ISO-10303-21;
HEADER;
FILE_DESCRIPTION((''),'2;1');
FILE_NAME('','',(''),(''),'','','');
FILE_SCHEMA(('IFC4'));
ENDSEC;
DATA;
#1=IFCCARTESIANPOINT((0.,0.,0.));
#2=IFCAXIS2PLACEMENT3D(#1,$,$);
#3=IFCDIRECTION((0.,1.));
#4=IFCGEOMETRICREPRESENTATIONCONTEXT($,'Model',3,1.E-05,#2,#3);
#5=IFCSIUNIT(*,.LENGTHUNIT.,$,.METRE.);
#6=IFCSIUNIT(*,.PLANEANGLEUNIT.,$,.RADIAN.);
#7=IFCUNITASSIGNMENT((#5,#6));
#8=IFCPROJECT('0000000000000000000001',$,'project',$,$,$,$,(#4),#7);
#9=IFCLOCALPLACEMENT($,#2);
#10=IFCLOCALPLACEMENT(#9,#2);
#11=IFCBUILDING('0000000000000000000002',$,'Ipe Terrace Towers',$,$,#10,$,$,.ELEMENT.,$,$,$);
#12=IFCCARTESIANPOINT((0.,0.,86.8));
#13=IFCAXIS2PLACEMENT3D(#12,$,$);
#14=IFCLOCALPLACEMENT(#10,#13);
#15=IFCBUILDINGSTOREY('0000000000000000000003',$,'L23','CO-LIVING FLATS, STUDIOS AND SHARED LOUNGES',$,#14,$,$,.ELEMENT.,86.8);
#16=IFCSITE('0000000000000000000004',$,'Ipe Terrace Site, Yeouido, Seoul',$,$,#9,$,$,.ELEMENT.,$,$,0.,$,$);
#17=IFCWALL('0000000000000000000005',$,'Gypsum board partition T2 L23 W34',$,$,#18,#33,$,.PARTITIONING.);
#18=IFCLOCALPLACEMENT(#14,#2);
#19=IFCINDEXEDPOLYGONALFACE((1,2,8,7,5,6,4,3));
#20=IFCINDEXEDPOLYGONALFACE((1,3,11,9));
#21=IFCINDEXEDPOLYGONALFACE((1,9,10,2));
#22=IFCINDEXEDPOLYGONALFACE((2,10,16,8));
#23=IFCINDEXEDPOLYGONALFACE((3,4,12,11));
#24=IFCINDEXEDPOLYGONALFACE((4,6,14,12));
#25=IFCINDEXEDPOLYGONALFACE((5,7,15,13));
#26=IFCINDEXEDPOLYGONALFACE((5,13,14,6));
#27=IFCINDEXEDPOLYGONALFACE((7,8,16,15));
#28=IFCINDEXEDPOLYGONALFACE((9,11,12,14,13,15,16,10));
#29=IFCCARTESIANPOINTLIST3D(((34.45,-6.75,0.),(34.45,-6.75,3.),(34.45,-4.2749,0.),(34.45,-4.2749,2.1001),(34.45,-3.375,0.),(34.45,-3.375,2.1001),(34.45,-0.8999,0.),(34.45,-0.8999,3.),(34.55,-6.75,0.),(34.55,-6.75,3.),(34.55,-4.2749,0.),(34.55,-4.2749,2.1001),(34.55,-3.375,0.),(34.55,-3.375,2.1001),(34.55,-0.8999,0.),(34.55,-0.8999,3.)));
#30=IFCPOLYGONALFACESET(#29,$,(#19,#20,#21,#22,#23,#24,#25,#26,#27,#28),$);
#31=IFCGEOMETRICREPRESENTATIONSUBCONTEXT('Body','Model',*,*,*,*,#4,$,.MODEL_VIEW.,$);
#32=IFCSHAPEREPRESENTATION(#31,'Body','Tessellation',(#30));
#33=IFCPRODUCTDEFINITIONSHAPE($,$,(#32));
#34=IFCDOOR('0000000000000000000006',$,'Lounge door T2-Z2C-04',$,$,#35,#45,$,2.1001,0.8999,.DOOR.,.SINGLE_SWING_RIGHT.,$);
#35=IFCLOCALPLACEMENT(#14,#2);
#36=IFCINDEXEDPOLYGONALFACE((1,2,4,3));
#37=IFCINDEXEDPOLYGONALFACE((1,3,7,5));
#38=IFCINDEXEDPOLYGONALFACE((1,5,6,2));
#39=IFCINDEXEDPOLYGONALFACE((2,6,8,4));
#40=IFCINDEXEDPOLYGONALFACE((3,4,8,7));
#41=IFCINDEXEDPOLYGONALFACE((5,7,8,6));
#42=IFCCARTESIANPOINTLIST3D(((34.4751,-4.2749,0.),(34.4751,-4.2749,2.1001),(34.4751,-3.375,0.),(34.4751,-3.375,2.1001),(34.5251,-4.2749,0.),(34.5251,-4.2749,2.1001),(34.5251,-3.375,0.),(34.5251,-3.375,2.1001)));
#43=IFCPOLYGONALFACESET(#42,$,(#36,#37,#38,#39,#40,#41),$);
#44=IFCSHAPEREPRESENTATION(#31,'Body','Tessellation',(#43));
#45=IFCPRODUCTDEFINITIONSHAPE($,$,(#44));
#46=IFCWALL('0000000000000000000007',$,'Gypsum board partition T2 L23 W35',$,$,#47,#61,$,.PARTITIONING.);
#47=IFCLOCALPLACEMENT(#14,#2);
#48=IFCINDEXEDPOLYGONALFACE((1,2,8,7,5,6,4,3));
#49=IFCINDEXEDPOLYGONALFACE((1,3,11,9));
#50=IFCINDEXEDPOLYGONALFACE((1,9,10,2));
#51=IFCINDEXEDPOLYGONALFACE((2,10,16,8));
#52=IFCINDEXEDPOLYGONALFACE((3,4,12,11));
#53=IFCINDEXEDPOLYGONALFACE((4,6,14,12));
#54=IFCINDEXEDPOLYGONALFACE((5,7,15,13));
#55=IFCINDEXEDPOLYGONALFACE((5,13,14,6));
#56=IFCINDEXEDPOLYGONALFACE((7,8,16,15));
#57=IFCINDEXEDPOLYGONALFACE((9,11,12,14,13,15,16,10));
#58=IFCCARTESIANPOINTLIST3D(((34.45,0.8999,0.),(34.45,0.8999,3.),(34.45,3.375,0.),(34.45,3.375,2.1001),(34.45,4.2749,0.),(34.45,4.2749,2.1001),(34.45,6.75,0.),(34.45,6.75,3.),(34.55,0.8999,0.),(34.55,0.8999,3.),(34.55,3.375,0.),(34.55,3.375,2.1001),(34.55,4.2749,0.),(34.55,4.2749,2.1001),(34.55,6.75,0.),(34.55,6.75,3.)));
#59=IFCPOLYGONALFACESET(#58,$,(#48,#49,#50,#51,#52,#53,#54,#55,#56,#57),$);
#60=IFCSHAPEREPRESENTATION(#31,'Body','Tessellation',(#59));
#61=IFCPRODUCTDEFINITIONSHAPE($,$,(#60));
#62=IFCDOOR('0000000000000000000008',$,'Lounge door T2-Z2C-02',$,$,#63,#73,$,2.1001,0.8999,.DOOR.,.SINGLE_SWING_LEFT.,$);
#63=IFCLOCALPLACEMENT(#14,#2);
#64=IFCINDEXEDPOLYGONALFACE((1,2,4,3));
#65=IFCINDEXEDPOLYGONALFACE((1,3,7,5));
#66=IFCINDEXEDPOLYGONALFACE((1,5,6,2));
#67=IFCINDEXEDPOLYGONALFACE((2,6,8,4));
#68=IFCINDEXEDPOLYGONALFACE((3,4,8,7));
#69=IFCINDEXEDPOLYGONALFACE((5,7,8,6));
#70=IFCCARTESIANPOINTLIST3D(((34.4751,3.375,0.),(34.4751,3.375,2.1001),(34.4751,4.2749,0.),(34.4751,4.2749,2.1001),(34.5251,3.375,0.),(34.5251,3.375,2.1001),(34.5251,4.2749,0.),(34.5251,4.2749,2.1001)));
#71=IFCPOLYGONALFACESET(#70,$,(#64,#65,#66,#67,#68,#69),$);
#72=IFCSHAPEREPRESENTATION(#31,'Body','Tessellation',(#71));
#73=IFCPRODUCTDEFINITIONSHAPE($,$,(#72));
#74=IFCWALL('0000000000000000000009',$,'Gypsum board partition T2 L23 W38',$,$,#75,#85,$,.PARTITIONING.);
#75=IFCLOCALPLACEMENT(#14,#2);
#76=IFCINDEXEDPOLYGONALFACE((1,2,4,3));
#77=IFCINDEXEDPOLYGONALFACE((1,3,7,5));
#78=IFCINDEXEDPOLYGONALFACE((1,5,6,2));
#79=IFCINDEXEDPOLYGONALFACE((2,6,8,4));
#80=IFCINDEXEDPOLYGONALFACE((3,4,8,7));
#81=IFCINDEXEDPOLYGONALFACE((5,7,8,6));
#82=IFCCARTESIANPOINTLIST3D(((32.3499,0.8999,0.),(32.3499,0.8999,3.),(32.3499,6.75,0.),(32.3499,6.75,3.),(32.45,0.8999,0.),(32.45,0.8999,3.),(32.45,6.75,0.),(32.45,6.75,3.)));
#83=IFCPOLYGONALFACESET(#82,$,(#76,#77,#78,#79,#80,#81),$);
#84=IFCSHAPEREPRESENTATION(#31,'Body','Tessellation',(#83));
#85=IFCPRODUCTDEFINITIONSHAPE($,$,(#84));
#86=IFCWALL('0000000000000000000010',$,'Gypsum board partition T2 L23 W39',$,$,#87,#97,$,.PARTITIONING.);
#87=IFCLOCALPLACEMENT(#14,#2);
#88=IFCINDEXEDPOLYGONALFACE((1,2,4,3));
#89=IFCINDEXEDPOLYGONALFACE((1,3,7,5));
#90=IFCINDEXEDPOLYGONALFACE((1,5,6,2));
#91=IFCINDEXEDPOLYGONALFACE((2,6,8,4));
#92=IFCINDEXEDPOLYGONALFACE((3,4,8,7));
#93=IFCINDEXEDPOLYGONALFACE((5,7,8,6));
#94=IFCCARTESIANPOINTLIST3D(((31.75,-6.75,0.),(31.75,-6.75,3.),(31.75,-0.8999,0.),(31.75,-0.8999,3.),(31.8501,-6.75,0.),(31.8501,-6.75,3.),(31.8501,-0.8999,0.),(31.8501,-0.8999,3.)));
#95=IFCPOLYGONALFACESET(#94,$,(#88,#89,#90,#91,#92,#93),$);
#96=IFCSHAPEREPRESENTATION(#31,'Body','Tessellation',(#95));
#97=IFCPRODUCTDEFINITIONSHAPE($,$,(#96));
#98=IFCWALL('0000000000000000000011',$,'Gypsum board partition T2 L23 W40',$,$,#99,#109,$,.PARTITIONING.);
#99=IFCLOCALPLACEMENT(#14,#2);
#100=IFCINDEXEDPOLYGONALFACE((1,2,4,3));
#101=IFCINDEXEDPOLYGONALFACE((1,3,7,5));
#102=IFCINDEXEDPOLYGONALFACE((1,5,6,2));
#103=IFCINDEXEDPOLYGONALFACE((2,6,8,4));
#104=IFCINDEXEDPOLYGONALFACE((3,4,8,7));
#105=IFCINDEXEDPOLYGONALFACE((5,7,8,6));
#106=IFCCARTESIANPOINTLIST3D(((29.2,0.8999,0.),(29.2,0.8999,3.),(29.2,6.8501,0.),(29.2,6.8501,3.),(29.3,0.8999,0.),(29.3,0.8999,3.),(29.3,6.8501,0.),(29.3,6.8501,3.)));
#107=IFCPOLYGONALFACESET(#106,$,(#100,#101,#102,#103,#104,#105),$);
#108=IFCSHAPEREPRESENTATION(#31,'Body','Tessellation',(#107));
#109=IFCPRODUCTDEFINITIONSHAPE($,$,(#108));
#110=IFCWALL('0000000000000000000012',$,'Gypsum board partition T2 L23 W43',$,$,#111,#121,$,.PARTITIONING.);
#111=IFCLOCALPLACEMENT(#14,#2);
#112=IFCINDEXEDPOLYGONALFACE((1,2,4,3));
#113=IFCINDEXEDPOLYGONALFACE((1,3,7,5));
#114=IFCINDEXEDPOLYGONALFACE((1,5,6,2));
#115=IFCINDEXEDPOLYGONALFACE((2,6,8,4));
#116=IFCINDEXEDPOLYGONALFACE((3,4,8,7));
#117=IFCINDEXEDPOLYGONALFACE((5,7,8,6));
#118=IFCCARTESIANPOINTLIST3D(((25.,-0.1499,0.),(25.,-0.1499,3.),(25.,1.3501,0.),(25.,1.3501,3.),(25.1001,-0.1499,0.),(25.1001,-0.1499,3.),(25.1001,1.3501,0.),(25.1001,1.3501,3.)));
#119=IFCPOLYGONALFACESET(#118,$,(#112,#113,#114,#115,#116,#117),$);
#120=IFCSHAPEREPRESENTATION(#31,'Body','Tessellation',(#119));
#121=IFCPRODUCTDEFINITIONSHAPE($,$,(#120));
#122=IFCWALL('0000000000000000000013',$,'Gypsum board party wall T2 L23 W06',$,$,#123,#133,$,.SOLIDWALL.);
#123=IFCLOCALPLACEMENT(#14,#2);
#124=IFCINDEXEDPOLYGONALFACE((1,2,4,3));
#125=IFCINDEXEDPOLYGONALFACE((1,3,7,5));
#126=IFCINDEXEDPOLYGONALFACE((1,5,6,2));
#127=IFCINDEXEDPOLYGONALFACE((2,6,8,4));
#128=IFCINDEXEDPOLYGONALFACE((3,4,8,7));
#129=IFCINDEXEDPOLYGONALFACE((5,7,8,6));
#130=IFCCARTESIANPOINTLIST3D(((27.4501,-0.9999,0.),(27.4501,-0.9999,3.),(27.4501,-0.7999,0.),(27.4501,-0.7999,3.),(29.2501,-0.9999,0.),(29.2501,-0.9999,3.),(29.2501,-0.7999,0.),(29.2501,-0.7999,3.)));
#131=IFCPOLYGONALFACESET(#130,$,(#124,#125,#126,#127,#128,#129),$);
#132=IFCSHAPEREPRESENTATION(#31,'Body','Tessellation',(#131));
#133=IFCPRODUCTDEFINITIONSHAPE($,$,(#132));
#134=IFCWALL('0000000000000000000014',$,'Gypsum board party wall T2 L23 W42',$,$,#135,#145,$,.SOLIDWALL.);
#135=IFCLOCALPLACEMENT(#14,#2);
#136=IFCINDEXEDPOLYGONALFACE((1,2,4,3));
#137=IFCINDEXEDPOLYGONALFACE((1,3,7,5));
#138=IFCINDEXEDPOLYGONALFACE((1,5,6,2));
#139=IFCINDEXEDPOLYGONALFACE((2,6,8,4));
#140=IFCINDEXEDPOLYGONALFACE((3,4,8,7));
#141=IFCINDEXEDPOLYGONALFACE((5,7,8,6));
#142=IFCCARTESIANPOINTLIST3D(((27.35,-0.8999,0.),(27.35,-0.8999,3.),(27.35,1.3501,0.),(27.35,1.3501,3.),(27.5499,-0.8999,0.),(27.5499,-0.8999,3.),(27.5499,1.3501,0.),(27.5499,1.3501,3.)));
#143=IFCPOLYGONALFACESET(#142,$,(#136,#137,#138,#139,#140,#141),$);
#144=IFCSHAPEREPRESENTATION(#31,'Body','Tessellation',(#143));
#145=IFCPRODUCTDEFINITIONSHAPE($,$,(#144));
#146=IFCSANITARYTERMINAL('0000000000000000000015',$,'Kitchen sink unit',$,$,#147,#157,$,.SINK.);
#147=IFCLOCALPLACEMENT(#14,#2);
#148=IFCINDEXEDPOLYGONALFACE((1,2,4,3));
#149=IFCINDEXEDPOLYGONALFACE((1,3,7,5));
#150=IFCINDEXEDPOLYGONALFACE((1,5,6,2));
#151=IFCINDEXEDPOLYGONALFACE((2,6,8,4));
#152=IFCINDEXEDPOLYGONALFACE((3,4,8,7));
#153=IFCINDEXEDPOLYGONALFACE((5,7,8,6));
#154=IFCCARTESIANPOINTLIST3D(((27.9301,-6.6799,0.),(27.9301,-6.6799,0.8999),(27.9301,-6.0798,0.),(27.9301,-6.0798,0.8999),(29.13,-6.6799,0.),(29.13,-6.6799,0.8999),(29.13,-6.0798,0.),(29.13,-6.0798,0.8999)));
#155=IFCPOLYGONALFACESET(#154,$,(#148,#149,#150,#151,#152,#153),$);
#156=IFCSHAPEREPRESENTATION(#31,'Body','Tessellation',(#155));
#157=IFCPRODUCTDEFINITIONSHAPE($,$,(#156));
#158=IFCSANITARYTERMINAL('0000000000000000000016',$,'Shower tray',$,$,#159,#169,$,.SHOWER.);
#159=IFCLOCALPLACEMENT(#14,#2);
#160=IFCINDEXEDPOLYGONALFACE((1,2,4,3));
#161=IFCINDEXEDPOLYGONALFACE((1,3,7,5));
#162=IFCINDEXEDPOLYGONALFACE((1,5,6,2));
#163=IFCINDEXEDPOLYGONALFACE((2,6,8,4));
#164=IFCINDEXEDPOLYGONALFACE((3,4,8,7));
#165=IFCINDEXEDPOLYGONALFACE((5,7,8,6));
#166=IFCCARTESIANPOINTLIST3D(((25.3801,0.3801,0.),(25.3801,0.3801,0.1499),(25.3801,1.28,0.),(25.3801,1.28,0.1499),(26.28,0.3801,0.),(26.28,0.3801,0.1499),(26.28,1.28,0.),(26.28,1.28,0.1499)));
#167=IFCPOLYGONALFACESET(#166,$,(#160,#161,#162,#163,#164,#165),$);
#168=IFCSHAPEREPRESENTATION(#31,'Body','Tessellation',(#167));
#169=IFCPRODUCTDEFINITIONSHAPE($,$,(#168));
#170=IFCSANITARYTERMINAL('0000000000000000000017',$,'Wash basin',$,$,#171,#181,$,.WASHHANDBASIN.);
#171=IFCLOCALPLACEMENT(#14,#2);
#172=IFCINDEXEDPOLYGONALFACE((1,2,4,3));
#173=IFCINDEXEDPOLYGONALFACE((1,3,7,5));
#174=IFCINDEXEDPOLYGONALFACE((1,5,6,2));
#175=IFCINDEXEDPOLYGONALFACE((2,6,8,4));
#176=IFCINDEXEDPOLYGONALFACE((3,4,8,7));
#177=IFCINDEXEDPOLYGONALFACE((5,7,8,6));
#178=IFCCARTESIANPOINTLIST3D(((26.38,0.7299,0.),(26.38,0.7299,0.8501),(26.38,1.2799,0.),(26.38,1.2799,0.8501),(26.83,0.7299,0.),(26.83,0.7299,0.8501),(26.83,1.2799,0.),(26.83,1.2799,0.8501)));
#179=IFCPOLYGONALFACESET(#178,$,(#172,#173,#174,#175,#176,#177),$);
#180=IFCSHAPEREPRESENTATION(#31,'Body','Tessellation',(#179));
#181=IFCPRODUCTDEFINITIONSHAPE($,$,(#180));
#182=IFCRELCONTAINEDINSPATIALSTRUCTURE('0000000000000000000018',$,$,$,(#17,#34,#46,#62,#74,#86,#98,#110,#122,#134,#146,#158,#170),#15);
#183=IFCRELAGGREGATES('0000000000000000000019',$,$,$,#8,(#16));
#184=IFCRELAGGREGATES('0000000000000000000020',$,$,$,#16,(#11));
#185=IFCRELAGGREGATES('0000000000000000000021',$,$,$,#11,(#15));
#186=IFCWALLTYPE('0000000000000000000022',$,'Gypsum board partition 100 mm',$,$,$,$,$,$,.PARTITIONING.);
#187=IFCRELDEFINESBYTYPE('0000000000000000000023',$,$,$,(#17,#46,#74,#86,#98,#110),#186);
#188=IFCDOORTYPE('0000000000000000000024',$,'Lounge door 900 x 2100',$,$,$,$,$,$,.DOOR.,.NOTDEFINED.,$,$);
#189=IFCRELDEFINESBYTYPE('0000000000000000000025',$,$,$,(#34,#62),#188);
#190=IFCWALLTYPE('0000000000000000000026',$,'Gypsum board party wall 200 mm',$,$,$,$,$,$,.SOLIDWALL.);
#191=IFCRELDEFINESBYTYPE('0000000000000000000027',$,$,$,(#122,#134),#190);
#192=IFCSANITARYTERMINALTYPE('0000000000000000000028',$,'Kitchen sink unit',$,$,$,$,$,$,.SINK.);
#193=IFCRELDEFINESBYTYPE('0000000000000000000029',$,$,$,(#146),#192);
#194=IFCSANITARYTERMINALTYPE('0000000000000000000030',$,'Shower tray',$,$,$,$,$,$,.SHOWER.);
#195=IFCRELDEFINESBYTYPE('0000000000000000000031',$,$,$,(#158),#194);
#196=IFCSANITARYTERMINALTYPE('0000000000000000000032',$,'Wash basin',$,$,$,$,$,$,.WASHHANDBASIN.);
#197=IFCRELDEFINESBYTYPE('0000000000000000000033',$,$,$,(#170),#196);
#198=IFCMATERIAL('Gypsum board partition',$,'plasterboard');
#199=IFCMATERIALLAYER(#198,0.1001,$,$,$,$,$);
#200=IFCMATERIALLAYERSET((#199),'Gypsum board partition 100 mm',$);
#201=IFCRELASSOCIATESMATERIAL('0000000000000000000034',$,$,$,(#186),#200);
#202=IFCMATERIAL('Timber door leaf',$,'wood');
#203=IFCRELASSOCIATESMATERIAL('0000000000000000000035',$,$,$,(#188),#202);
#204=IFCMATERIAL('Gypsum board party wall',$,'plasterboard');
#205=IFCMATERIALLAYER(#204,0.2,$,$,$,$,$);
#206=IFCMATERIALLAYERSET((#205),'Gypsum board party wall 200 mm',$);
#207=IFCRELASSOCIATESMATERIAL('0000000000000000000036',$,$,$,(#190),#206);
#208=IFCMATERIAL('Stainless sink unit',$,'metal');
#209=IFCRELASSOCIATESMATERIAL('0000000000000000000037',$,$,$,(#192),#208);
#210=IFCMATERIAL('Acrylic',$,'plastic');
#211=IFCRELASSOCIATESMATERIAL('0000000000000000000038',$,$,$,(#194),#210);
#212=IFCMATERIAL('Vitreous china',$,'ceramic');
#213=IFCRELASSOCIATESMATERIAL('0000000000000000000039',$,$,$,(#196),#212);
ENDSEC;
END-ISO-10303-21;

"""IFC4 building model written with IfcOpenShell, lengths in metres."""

from ifc_helpers import new_model, si_unit, direction, frame, frame_2d, origin, origin_2d, place, context, subcontext, project, spatial, rectangle, extrude, material, layer, layer_set, type_object, element, fill, save


model = new_model("IFC4")

# Units and contexts
model_context = context("Model", 3, precision=1e-05, world=origin(), true_north=direction((0.0, 1.0)))
body_context = subcontext(model_context, "Body", "Model", "MODEL_VIEW")
ifc_project = project(units=[si_unit("LENGTHUNIT", "METRE"), si_unit("PLANEANGLEUNIT", "RADIAN")], contexts=[model_context])

# Site, building, storey
site_placement = place(None, origin())
site = spatial("IfcSite", under=ifc_project, at=site_placement, Name="Ipe Terrace Site, Yeouido, Seoul", CompositionType="ELEMENT", RefElevation=0.0)
building_placement = place(site_placement, origin())
building = spatial("IfcBuilding", under=site, at=building_placement, Name="Ipe Terrace Towers", CompositionType="ELEMENT")
storey_placement = place(building_placement, frame((0.0, 0.0, 86.8)))
storey = spatial("IfcBuildingStorey", under=building, at=storey_placement, Name="L23", Description="CO-LIVING FLATS, STUDIOS AND SHARED LOUNGES", CompositionType="ELEMENT", Elevation=86.8)

# Walls, openings, doors
ifc_material_1 = material(Name="Gypsum board partition", Category="plasterboard")
ifc_layer_1 = layer(ifc_material_1, 0.1001)
ifc_layer_set_1 = layer_set([ifc_layer_1], Name="Gypsum board partition 100 mm")
wall_type_1 = type_object("IfcWallType", Name="Gypsum board partition 100 mm", PredefinedType="PARTITIONING", material=ifc_layer_set_1)
ifc_material_2 = material(Name="Timber door leaf", Category="wood")
door_type_1 = type_object("IfcDoorType", Name="Lounge door 900 x 2100", OperationType="NOTDEFINED", PredefinedType="DOOR", material=ifc_material_2)
wall_1_placement = place(storey_placement, frame((34.5, -6.75, 0.0), z_axis=(0.0, 0.0, 1.0), x_axis=(0.0, 1.0, 0.0)))
wall_1 = element("IfcWall", 1, at=wall_1_placement, inside=storey, type_object=wall_type_1, Name="Gypsum board partition T2 L23 W34", PredefinedType="PARTITIONING", context=body_context, shape_type="SweptSolid", body=[
    extrude(rectangle(XDim=5.8501, YDim=0.1001, at=frame_2d((2.925, 0.0))), origin(), (0.0, 0.0, 1.0), 3.0),
])
opening_1_placement = place(wall_1_placement, frame((2.4751, 0.0, 0.0)))
opening_1 = element("IfcOpeningElement", 2, at=opening_1_placement, cuts=wall_1, PredefinedType="OPENING", context=body_context, shape_type="SweptSolid", body=[
    extrude(rectangle(XDim=0.8999, YDim=2.1001, at=frame_2d((0.45, 1.05))), frame((0.0, 0.0601, 0.0), z_axis=(0.0, -1.0, 0.0), x_axis=(1.0, 0.0, 0.0)), (0.0, 0.0, 1.0), 0.1201),
])
door_1_placement = place(opening_1_placement, origin())
door_1 = element("IfcDoor", 3, at=door_1_placement, inside=storey, type_object=door_type_1, Name="Lounge door T2-Z2C-04", OperationType="SINGLE_SWING_RIGHT", OverallHeight=2.1001, OverallWidth=0.8999, PredefinedType="DOOR", context=body_context, shape_type="SweptSolid", body=[
    extrude(rectangle(XDim=0.8999, YDim=2.1001, at=frame_2d((0.45, 1.05))), frame((0.0, 0.0249, 0.0), z_axis=(0.0, -1.0, 0.0), x_axis=(1.0, 0.0, 0.0)), (0.0, 0.0, 1.0), 0.05),
])
fill(opening_1, door_1)
wall_2_placement = place(storey_placement, frame((34.5, 0.8999, 0.0), z_axis=(0.0, 0.0, 1.0), x_axis=(0.0, 1.0, 0.0)))
wall_2 = element("IfcWall", 4, at=wall_2_placement, inside=storey, type_object=wall_type_1, Name="Gypsum board partition T2 L23 W35", PredefinedType="PARTITIONING", context=body_context, shape_type="SweptSolid", body=[
    extrude(rectangle(XDim=5.8501, YDim=0.1001, at=frame_2d((2.925, 0.0))), origin(), (0.0, 0.0, 1.0), 3.0),
])
opening_2_placement = place(wall_2_placement, frame((2.4751, 0.0, 0.0)))
opening_2 = element("IfcOpeningElement", 5, at=opening_2_placement, cuts=wall_2, PredefinedType="OPENING", context=body_context, shape_type="SweptSolid", body=[
    extrude(rectangle(XDim=0.8999, YDim=2.1001, at=frame_2d((0.45, 1.05))), frame((0.0, 0.0601, 0.0), z_axis=(0.0, -1.0, 0.0), x_axis=(1.0, 0.0, 0.0)), (0.0, 0.0, 1.0), 0.1201),
])
door_2_placement = place(opening_2_placement, origin())
door_2 = element("IfcDoor", 6, at=door_2_placement, inside=storey, type_object=door_type_1, Name="Lounge door T2-Z2C-02", OperationType="SINGLE_SWING_LEFT", OverallHeight=2.1001, OverallWidth=0.8999, PredefinedType="DOOR", context=body_context, shape_type="SweptSolid", body=[
    extrude(rectangle(XDim=0.8999, YDim=2.1001, at=frame_2d((0.45, 1.05))), frame((0.0, 0.0249, 0.0), z_axis=(0.0, -1.0, 0.0), x_axis=(1.0, 0.0, 0.0)), (0.0, 0.0, 1.0), 0.05),
])
fill(opening_2, door_2)

# Walls
for number, where, z_axis, x_axis, name in (
    (7, (32.3999, 0.8999, 0.0), (0.0, 0.0, 1.0), (0.0, 1.0, 0.0), "Gypsum board partition T2 L23 W38"),
    (8, (31.8, -6.75, 0.0), (0.0, 0.0, 1.0), (0.0, 1.0, 0.0), "Gypsum board partition T2 L23 W39"),
):
    element("IfcWall", number, at=place(storey_placement, frame(where, z_axis=z_axis, x_axis=x_axis)), inside=storey, type_object=wall_type_1, Name=name, PredefinedType="PARTITIONING", context=body_context, shape_type="SweptSolid", body=[
        extrude(rectangle(XDim=5.8501, YDim=0.1001, at=frame_2d((2.925, 0.0))), origin(), (0.0, 0.0, 1.0), 3.0),
    ])
wall_3_placement = place(storey_placement, frame((29.25, 0.8999, 0.0), z_axis=(0.0, 0.0, 1.0), x_axis=(0.0, 1.0, 0.0)))
element("IfcWall", 9, at=wall_3_placement, inside=storey, type_object=wall_type_1, Name="Gypsum board partition T2 L23 W40", PredefinedType="PARTITIONING", context=body_context, shape_type="SweptSolid", body=[
    extrude(rectangle(XDim=5.9502, YDim=0.1001, at=frame_2d((2.9751, 0.0))), origin(), (0.0, 0.0, 1.0), 3.0),
])
wall_4_placement = place(storey_placement, frame((25.05, -0.1499, 0.0), z_axis=(0.0, 0.0, 1.0), x_axis=(0.0, 1.0, 0.0)))
element("IfcWall", 10, at=wall_4_placement, inside=storey, type_object=wall_type_1, Name="Gypsum board partition T2 L23 W43", PredefinedType="PARTITIONING", context=body_context, shape_type="SweptSolid", body=[
    extrude(rectangle(XDim=1.5, YDim=0.1001, at=frame_2d((0.75, 0.0))), origin(), (0.0, 0.0, 1.0), 3.0),
])
ifc_material_3 = material(Name="Gypsum board party wall", Category="plasterboard")
ifc_layer_2 = layer(ifc_material_3, 0.2)
ifc_layer_set_2 = layer_set([ifc_layer_2], Name="Gypsum board party wall 200 mm")
wall_type_2 = type_object("IfcWallType", Name="Gypsum board party wall 200 mm", PredefinedType="SOLIDWALL", material=ifc_layer_set_2)
wall_5_placement = place(storey_placement, frame((29.25, -0.8999, 0.0), z_axis=(0.0, 0.0, 1.0), x_axis=(-1.0, 0.0, 0.0)))
element("IfcWall", 11, at=wall_5_placement, inside=storey, type_object=wall_type_2, Name="Gypsum board party wall T2 L23 W06", PredefinedType="SOLIDWALL", context=body_context, shape_type="SweptSolid", body=[
    extrude(rectangle(XDim=1.8, YDim=0.2, at=frame_2d((0.8999, 0.0))), origin(), (0.0, 0.0, 1.0), 3.0),
])
wall_6_placement = place(storey_placement, frame((27.45, -0.8999, 0.0), z_axis=(0.0, 0.0, 1.0), x_axis=(0.0, 1.0, 0.0)))
element("IfcWall", 12, at=wall_6_placement, inside=storey, type_object=wall_type_2, Name="Gypsum board party wall T2 L23 W42", PredefinedType="SOLIDWALL", context=body_context, shape_type="SweptSolid", body=[
    extrude(rectangle(XDim=2.25, YDim=0.2, at=frame_2d((1.125, 0.0))), origin(), (0.0, 0.0, 1.0), 3.0),
])

# Sanitary terminals
ifc_material_4 = material(Name="Stainless sink unit", Category="metal")
sanitary_terminal_type_1 = type_object("IfcSanitaryTerminalType", Name="Kitchen sink unit", PredefinedType="SINK", material=ifc_material_4)
sanitary_terminal_1_placement = place(storey_placement, frame((28.53, -6.3799, 0.0), z_axis=(0.0, 0.0, 1.0), x_axis=(-1.0, 0.0, 0.0)))
element("IfcSanitaryTerminal", 13, at=sanitary_terminal_1_placement, inside=storey, type_object=sanitary_terminal_type_1, Name="Kitchen sink unit", PredefinedType="SINK", context=body_context, shape_type="SweptSolid", body=[
    extrude(rectangle(XDim=1.2, YDim=0.6001, at=origin_2d()), origin(), (0.0, 0.0, 1.0), 0.8999),
])
ifc_material_5 = material(Name="Acrylic", Category="plastic")
sanitary_terminal_type_2 = type_object("IfcSanitaryTerminalType", Name="Shower tray", PredefinedType="SHOWER", material=ifc_material_5)
sanitary_terminal_2_placement = place(storey_placement, frame((25.8301, 0.8301, 0.0), z_axis=(0.0, 0.0, 1.0), x_axis=(0.0, -1.0, 0.0)))
element("IfcSanitaryTerminal", 14, at=sanitary_terminal_2_placement, inside=storey, type_object=sanitary_terminal_type_2, Name="Shower tray", PredefinedType="SHOWER", context=body_context, shape_type="SweptSolid", body=[
    extrude(rectangle(XDim=0.8999, YDim=0.8999, at=origin_2d()), origin(), (0.0, 0.0, 1.0), 0.1499),
])
ifc_material_6 = material(Name="Vitreous china", Category="ceramic")
sanitary_terminal_type_3 = type_object("IfcSanitaryTerminalType", Name="Wash basin", PredefinedType="WASHHANDBASIN", material=ifc_material_6)
sanitary_terminal_3_placement = place(storey_placement, frame((26.605, 1.0049, 0.0), z_axis=(0.0, 0.0, 1.0), x_axis=(0.0, -1.0, 0.0)))
element("IfcSanitaryTerminal", 15, at=sanitary_terminal_3_placement, inside=storey, type_object=sanitary_terminal_type_3, Name="Wash basin", PredefinedType="WASHHANDBASIN", context=body_context, shape_type="SweptSolid", body=[
    extrude(rectangle(XDim=0.55, YDim=0.45, at=origin_2d()), origin(), (0.0, 0.0, 1.0), 0.8501),
])

save(model, "model.ifc")
